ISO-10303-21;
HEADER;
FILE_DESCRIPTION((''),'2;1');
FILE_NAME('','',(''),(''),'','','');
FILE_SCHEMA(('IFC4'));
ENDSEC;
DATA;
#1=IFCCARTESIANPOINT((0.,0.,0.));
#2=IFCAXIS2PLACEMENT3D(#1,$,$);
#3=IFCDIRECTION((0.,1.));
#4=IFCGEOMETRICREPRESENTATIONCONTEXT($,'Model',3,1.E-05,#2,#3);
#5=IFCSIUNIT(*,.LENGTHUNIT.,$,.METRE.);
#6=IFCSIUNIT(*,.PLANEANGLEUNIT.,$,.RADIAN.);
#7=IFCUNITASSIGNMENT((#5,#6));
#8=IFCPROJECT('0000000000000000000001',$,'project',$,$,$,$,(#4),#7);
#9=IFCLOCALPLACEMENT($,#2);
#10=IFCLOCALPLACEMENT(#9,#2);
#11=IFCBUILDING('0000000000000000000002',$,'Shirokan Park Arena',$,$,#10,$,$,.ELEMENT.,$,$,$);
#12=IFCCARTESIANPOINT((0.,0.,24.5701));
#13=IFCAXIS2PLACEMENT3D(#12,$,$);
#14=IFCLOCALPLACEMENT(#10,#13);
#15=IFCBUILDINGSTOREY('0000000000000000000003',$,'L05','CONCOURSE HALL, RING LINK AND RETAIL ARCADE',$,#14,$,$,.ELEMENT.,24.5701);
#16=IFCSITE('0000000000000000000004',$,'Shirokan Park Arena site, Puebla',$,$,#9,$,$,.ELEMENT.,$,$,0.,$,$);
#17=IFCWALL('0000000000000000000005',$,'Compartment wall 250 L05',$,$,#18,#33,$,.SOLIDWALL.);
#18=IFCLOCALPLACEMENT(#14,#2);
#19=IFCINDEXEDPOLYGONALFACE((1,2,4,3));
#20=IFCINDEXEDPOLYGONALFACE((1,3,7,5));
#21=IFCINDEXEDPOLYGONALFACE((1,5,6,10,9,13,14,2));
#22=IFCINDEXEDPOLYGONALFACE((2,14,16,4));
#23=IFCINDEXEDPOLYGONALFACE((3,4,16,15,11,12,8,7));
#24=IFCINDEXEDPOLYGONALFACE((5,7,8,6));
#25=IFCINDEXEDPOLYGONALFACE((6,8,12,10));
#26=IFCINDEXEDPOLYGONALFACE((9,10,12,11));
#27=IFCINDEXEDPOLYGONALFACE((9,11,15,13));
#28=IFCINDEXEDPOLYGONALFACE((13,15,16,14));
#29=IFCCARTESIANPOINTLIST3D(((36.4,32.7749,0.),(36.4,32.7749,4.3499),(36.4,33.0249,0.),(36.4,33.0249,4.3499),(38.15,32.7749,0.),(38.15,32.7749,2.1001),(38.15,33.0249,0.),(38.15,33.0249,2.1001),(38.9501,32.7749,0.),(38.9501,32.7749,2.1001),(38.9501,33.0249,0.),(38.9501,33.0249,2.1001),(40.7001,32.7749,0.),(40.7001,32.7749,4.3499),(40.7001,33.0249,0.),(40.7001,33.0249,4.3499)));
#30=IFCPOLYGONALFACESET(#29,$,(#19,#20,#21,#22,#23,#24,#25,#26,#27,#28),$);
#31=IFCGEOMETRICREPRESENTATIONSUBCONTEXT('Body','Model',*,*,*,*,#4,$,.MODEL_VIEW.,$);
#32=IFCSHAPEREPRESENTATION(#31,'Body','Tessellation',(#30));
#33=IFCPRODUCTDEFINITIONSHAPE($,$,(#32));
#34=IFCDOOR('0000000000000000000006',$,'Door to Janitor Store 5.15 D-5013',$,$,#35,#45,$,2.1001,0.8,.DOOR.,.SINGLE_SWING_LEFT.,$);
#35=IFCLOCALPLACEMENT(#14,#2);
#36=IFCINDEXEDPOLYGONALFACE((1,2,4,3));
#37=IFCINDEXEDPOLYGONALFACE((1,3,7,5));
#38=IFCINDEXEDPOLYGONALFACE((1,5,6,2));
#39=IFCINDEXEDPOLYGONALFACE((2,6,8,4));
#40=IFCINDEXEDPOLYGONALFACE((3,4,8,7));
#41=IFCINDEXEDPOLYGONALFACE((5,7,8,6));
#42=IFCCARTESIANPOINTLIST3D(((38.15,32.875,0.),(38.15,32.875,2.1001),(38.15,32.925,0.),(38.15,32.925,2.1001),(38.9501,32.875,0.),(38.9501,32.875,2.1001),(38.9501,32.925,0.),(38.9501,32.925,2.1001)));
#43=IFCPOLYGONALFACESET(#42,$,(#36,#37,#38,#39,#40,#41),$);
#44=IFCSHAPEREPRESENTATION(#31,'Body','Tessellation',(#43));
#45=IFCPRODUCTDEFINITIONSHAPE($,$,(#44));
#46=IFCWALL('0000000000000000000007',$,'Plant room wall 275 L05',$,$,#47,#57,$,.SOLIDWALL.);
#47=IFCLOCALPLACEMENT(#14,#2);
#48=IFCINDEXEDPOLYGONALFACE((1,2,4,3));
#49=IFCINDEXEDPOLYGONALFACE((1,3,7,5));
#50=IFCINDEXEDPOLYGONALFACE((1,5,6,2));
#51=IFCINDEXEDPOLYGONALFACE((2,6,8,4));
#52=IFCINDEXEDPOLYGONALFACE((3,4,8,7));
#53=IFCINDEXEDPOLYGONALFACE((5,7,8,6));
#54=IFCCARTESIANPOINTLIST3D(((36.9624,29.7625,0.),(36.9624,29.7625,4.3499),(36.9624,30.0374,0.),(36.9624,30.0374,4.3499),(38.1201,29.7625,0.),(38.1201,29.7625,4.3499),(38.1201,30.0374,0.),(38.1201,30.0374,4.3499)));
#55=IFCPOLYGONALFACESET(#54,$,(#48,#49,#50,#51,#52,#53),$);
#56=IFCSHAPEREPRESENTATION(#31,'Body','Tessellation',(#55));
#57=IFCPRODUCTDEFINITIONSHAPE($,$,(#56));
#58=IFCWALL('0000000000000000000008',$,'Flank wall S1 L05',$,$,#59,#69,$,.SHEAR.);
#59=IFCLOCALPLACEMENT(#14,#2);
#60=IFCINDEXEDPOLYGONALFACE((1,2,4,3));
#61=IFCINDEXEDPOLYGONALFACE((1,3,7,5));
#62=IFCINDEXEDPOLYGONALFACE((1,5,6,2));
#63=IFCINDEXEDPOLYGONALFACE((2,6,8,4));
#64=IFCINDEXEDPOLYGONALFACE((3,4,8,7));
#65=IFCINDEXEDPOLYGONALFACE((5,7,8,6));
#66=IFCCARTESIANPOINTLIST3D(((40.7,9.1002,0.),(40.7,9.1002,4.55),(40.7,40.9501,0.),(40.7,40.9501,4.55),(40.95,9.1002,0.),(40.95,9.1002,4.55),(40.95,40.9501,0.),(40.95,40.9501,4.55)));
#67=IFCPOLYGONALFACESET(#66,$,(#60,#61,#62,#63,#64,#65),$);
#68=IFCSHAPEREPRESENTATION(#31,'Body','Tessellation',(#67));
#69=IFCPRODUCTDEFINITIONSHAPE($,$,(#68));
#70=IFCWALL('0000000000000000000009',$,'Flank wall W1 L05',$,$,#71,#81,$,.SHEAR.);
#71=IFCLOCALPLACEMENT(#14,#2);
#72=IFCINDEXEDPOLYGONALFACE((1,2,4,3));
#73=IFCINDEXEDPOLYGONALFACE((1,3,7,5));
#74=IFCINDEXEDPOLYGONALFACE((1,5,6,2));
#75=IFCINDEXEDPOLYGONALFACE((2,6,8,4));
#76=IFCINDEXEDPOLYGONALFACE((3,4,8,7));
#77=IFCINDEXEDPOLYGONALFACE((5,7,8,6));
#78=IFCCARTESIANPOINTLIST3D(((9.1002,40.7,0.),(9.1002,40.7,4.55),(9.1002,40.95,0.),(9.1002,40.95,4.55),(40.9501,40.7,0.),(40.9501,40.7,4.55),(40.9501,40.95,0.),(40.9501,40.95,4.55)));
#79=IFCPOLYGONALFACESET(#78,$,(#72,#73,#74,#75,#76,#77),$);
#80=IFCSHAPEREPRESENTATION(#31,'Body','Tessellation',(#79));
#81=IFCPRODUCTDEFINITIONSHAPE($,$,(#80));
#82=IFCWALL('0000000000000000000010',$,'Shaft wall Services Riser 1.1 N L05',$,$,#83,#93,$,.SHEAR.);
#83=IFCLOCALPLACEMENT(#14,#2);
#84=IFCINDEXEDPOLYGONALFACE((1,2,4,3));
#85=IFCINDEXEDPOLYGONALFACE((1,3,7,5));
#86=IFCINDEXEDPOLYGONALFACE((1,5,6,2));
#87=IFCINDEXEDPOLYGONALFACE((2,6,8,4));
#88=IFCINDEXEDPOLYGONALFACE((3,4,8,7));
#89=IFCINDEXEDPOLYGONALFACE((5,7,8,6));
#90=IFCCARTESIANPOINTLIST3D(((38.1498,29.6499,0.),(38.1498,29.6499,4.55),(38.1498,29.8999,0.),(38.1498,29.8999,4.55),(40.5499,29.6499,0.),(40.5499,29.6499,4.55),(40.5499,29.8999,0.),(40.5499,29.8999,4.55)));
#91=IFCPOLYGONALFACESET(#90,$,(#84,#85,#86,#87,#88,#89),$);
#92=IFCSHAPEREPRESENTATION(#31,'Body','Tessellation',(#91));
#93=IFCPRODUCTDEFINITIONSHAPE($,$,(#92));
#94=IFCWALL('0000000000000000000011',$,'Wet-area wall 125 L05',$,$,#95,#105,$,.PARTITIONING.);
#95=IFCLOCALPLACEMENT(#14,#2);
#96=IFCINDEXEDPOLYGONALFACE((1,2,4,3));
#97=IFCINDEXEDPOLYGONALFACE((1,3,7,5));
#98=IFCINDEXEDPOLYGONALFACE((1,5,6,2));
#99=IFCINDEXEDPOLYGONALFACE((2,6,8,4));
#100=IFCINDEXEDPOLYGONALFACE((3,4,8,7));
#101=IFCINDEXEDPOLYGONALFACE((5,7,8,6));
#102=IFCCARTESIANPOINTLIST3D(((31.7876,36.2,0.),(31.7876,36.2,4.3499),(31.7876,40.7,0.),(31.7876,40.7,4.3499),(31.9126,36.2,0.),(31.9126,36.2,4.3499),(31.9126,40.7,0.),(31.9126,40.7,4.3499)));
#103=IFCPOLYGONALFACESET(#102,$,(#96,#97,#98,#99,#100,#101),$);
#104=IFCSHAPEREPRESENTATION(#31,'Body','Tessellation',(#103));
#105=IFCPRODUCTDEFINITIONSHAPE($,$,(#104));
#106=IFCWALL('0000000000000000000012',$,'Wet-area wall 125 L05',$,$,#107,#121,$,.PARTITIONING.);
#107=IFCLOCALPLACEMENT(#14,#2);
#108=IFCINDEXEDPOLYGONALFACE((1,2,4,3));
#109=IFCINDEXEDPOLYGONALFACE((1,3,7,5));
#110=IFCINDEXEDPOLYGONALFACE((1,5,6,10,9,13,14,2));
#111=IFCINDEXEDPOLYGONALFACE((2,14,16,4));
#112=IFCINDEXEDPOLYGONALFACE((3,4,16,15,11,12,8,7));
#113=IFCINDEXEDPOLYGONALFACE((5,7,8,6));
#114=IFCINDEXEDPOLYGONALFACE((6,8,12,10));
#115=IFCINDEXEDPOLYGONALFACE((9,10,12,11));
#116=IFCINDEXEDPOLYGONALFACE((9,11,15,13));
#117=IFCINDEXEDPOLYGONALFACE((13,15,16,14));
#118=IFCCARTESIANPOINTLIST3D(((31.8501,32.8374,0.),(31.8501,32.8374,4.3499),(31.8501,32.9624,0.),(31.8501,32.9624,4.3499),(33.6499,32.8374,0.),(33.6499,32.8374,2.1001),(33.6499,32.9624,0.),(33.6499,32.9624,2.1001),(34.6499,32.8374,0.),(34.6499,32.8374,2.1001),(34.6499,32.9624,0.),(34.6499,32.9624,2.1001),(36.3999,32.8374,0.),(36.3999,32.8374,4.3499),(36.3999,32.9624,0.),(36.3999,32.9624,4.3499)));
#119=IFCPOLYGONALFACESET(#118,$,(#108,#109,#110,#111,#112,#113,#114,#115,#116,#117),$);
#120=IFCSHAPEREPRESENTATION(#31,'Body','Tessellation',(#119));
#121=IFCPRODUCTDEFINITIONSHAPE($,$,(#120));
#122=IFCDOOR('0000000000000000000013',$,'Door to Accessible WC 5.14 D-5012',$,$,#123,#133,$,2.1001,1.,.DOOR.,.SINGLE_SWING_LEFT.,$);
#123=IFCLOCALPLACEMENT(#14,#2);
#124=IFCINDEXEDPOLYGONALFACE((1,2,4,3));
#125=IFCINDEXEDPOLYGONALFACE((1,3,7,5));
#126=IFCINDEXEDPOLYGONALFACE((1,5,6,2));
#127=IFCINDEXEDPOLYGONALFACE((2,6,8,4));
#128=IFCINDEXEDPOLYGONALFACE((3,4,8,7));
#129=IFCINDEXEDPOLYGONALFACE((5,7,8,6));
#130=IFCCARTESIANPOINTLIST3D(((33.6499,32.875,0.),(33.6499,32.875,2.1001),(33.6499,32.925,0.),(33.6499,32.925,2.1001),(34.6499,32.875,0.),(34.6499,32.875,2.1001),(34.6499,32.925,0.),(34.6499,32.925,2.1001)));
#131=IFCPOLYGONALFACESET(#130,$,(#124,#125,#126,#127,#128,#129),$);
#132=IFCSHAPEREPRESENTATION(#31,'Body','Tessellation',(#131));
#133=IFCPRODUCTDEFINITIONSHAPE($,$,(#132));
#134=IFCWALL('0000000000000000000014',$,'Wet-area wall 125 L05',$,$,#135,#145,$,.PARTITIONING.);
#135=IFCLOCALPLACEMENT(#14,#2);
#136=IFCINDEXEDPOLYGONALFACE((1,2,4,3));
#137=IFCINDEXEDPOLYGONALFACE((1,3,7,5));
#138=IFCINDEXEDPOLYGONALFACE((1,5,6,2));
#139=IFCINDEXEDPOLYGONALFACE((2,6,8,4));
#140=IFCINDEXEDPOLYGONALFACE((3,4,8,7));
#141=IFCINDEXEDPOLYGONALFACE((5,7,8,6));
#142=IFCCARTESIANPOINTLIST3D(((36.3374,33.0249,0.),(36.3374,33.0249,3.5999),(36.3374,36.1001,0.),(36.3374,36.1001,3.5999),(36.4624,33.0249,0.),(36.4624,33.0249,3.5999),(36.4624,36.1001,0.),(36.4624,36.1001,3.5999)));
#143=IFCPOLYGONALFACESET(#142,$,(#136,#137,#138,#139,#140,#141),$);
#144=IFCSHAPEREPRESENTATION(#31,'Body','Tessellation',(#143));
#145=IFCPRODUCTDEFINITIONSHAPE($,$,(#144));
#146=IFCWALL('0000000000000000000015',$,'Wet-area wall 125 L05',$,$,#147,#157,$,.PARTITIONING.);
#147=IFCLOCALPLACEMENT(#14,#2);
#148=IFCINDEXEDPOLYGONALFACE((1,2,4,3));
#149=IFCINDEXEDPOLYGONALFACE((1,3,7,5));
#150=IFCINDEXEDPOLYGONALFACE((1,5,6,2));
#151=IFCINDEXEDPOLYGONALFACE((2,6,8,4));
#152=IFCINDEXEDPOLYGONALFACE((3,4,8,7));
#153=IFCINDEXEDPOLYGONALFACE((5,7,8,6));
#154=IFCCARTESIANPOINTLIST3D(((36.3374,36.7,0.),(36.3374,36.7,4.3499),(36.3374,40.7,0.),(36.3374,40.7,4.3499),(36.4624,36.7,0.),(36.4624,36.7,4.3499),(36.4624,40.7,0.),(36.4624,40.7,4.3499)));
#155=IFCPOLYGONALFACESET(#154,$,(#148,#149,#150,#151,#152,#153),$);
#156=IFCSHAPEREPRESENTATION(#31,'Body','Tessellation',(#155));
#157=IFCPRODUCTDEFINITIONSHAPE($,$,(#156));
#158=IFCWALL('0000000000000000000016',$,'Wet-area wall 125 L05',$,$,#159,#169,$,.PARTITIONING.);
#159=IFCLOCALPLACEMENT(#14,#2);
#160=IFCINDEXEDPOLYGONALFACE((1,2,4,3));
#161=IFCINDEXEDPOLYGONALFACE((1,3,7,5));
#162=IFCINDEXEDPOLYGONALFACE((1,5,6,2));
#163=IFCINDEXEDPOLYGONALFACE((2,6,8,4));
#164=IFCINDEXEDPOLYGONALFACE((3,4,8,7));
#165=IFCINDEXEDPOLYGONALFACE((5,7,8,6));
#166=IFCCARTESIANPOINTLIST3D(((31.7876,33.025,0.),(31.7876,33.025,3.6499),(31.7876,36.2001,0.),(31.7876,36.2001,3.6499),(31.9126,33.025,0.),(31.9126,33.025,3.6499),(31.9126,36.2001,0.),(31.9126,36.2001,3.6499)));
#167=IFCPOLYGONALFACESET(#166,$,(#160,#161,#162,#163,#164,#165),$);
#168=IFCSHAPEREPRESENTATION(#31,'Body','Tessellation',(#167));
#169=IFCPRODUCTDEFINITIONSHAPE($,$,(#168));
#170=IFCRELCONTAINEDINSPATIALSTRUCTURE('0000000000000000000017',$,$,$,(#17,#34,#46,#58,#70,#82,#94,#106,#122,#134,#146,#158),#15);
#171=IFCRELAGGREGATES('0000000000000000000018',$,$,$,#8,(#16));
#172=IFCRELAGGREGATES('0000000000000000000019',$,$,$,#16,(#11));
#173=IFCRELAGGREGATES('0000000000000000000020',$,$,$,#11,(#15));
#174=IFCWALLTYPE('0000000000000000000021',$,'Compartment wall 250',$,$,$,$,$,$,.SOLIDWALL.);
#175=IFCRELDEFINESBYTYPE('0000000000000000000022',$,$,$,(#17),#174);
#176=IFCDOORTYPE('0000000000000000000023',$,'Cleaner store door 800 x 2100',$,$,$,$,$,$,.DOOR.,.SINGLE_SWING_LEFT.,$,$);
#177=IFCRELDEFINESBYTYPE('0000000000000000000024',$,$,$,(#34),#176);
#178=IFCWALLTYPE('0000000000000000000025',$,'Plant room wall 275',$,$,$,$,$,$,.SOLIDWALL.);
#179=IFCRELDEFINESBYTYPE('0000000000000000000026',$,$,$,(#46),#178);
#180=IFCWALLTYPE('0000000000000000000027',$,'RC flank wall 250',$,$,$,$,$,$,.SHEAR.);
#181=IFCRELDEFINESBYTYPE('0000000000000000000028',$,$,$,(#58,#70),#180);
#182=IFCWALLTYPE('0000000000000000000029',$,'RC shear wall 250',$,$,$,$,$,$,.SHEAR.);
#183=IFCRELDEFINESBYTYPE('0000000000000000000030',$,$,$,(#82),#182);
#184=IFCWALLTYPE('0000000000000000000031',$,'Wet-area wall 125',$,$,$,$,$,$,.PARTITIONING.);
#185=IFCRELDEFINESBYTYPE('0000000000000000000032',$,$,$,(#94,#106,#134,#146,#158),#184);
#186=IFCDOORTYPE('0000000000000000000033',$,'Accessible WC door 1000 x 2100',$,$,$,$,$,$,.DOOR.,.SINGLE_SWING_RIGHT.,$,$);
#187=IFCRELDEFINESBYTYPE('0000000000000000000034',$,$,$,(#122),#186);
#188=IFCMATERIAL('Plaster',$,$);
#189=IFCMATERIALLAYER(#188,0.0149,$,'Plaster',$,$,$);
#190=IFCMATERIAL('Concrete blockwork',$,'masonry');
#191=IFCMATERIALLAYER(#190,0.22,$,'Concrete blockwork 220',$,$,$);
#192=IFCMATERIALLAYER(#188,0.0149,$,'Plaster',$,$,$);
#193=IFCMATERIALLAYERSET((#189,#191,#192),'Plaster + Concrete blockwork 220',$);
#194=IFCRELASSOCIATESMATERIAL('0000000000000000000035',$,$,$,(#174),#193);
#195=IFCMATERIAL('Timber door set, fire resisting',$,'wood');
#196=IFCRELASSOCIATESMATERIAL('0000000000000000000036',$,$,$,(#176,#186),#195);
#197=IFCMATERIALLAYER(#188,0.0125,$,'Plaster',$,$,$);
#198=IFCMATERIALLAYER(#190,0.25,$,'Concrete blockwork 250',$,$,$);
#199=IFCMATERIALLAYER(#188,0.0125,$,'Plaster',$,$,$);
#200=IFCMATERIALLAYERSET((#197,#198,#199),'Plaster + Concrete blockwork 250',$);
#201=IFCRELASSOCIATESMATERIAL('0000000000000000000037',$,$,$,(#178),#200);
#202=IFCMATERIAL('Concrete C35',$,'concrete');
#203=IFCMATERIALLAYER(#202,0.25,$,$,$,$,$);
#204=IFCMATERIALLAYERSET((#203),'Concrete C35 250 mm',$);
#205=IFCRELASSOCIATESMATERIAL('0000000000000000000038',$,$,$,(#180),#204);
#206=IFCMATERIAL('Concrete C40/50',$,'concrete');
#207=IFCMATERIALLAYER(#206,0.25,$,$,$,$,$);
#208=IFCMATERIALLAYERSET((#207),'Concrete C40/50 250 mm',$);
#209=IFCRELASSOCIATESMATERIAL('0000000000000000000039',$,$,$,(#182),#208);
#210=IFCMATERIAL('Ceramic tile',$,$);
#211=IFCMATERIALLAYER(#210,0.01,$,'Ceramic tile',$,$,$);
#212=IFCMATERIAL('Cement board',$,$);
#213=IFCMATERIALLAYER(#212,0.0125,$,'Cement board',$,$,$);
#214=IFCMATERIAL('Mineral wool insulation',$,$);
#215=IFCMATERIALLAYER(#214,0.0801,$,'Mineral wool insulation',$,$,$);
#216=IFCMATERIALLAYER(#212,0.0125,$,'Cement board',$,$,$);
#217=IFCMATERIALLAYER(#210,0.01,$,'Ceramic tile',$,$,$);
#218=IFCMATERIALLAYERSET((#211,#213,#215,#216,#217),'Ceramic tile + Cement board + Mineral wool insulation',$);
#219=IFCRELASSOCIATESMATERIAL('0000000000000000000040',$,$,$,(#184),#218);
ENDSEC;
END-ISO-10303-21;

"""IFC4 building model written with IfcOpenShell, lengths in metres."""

from ifc_helpers import new_model, si_unit, direction, frame, frame_2d, origin, place, context, subcontext, project, spatial, rectangle, extrude, material, layer, layer_set, type_object, element, fill, save


model = new_model("IFC4")

# Units and contexts
model_context = context("Model", 3, precision=1e-05, world=origin(), true_north=direction((0.0, 1.0)))
body_context = subcontext(model_context, "Body", "Model", "MODEL_VIEW")
ifc_project = project(units=[si_unit("LENGTHUNIT", "METRE"), si_unit("PLANEANGLEUNIT", "RADIAN")], contexts=[model_context])

# Site, building, storey
site_placement = place(None, origin())
site = spatial("IfcSite", under=ifc_project, at=site_placement, Name="Shirokan Park Arena site, Puebla", CompositionType="ELEMENT", RefElevation=0.0)
building_placement = place(site_placement, origin())
building = spatial("IfcBuilding", under=site, at=building_placement, Name="Shirokan Park Arena", CompositionType="ELEMENT")
storey_placement = place(building_placement, frame((0.0, 0.0, 24.5701)))
storey = spatial("IfcBuildingStorey", under=building, at=storey_placement, Name="L05", Description="CONCOURSE HALL, RING LINK AND RETAIL ARCADE", CompositionType="ELEMENT", Elevation=24.5701)

# Shared definitions
ifc_material_1 = material(Name="Concrete C35", Category="concrete")

# Shared definitions
ifc_material_2 = material(Name="Plaster")
ifc_layer_1 = layer(ifc_material_2, 0.0149, Name="Plaster")
ifc_material_3 = material(Name="Concrete blockwork", Category="masonry")
ifc_layer_2 = layer(ifc_material_3, 0.22, Name="Concrete blockwork 220")
ifc_layer_3 = layer(ifc_material_2, 0.0149, Name="Plaster")
ifc_layer_set_1 = layer_set([ifc_layer_1, ifc_layer_2, ifc_layer_3], Name="Plaster + Concrete blockwork 220")
wall_type_1 = type_object("IfcWallType", Name="Compartment wall 250", PredefinedType="SOLIDWALL", material=ifc_layer_set_1)

# Wall, opening, door
ifc_material_4 = material(Name="Timber door set, fire resisting", Category="wood")
wall_1_placement = place(storey_placement, frame((40.7, 32.8999, 0.0), z_axis=(0.0, 0.0, 1.0), x_axis=(-1.0, 0.0, 0.0)))
wall_1 = element("IfcWall", 1, at=wall_1_placement, inside=storey, type_object=wall_type_1, Name="Compartment wall 250 L05", PredefinedType="SOLIDWALL", context=body_context, shape_type="SweptSolid", body=[
    extrude(rectangle(XDim=4.3, YDim=0.25, at=frame_2d((2.1499, 0.0))), origin(), (0.0, 0.0, 1.0), 4.3499),
])
opening_1_placement = place(wall_1_placement, frame((1.75, 0.0, 0.0)))
opening_1 = element("IfcOpeningElement", 2, at=opening_1_placement, cuts=wall_1, PredefinedType="OPENING", context=body_context, shape_type="SweptSolid", body=[
    extrude(rectangle(XDim=0.8, YDim=2.1001, at=frame_2d((0.3999, 1.05))), frame((0.0, 0.135, 0.0), z_axis=(0.0, -1.0, 0.0), x_axis=(1.0, 0.0, 0.0)), (0.0, 0.0, 1.0), 0.27),
])
door_type_1 = type_object("IfcDoorType", Name="Cleaner store door 800 x 2100", OperationType="SINGLE_SWING_LEFT", PredefinedType="DOOR", material=ifc_material_4)
door_1_placement = place(opening_1_placement, origin())
door_1 = element("IfcDoor", 3, at=door_1_placement, inside=storey, type_object=door_type_1, Name="Door to Janitor Store 5.15 D-5013", OperationType="SINGLE_SWING_LEFT", OverallHeight=2.1001, OverallWidth=0.8, PredefinedType="DOOR", context=body_context, shape_type="SweptSolid", body=[
    extrude(rectangle(XDim=0.8, YDim=2.1001, at=frame_2d((0.3999, 1.05))), frame((0.0, 0.0249, 0.0), z_axis=(0.0, -1.0, 0.0), x_axis=(1.0, 0.0, 0.0)), (0.0, 0.0, 1.0), 0.05),
])
fill(opening_1, door_1)

# Walls
ifc_layer_4 = layer(ifc_material_2, 0.0125, Name="Plaster")
ifc_layer_5 = layer(ifc_material_3, 0.25, Name="Concrete blockwork 250")
ifc_layer_6 = layer(ifc_material_2, 0.0125, Name="Plaster")
ifc_layer_set_2 = layer_set([ifc_layer_4, ifc_layer_5, ifc_layer_6], Name="Plaster + Concrete blockwork 250")
wall_type_2 = type_object("IfcWallType", Name="Plant room wall 275", PredefinedType="SOLIDWALL", material=ifc_layer_set_2)
wall_2_placement = place(storey_placement, frame((36.9624, 29.8999, 0.0), z_axis=(0.0, 0.0, 1.0), x_axis=(1.0, 0.0, 0.0)))
element("IfcWall", 4, at=wall_2_placement, inside=storey, type_object=wall_type_2, Name="Plant room wall 275 L05", PredefinedType="SOLIDWALL", context=body_context, shape_type="SweptSolid", body=[
    extrude(rectangle(XDim=1.1577, YDim=0.2749, at=frame_2d((0.5789, 0.0))), origin(), (0.0, 0.0, 1.0), 4.3499),
])
ifc_layer_7 = layer(ifc_material_1, 0.25)
ifc_layer_set_3 = layer_set([ifc_layer_7], Name="Concrete C35 250 mm")
wall_type_3 = type_object("IfcWallType", Name="RC flank wall 250", PredefinedType="SHEAR", material=ifc_layer_set_3)
for number, where, z_axis, x_axis, name in (
    (5, (40.825, 40.95, 0.0), (0.0, 0.0, 1.0), (0.0, -1.0, 0.0), "Flank wall S1 L05"),
    (6, (40.95, 40.825, 0.0), (0.0, 0.0, 1.0), (-1.0, 0.0, 0.0), "Flank wall W1 L05"),
):
    element("IfcWall", number, at=place(storey_placement, frame(where, z_axis=z_axis, x_axis=x_axis)), inside=storey, type_object=wall_type_3, Name=name, PredefinedType="SHEAR", context=body_context, shape_type="SweptSolid", body=[
        extrude(rectangle(XDim=31.8499, YDim=0.25, at=frame_2d((15.9248, 0.0))), origin(), (0.0, 0.0, 1.0), 4.55),
    ])
ifc_material_5 = material(Name="Concrete C40/50", Category="concrete")
ifc_layer_8 = layer(ifc_material_5, 0.25)
ifc_layer_set_4 = layer_set([ifc_layer_8], Name="Concrete C40/50 250 mm")
wall_type_4 = type_object("IfcWallType", Name="RC shear wall 250", PredefinedType="SHEAR", material=ifc_layer_set_4)
wall_3_placement = place(storey_placement, frame((40.55, 29.7749, 0.0), z_axis=(0.0, 0.0, 1.0), x_axis=(-1.0, 0.0, 0.0)))
element("IfcWall", 7, at=wall_3_placement, inside=storey, type_object=wall_type_4, Name="Shaft wall Services Riser 1.1 N L05", PredefinedType="SHEAR", context=body_context, shape_type="SweptSolid", body=[
    extrude(rectangle(XDim=2.4001, YDim=0.25, at=frame_2d((1.2002, 0.0))), origin(), (0.0, 0.0, 1.0), 4.55),
])
ifc_material_6 = material(Name="Ceramic tile")
ifc_layer_9 = layer(ifc_material_6, 0.01, Name="Ceramic tile")
ifc_material_7 = material(Name="Cement board")
ifc_layer_10 = layer(ifc_material_7, 0.0125, Name="Cement board")
ifc_material_8 = material(Name="Mineral wool insulation")
ifc_layer_11 = layer(ifc_material_8, 0.0801, Name="Mineral wool insulation")
ifc_layer_12 = layer(ifc_material_7, 0.0125, Name="Cement board")
ifc_layer_13 = layer(ifc_material_6, 0.01, Name="Ceramic tile")
ifc_layer_set_5 = layer_set([ifc_layer_9, ifc_layer_10, ifc_layer_11, ifc_layer_12, ifc_layer_13], Name="Ceramic tile + Cement board + Mineral wool insulation")
wall_type_5 = type_object("IfcWallType", Name="Wet-area wall 125", PredefinedType="PARTITIONING", material=ifc_layer_set_5)
wall_4_placement = place(storey_placement, frame((31.8501, 40.7, 0.0), z_axis=(0.0, 0.0, 1.0), x_axis=(0.0, -1.0, 0.0)))
element("IfcWall", 8, at=wall_4_placement, inside=storey, type_object=wall_type_5, Name="Wet-area wall 125 L05", PredefinedType="PARTITIONING", context=body_context, shape_type="SweptSolid", body=[
    extrude(rectangle(XDim=4.5, YDim=0.125, at=frame_2d((2.25, 0.0))), origin(), (0.0, 0.0, 1.0), 4.3499),
])

# Wall, opening, door
wall_5_placement = place(storey_placement, frame((36.3999, 32.8999, 0.0), z_axis=(0.0, 0.0, 1.0), x_axis=(-1.0, 0.0, 0.0)))
wall_5 = element("IfcWall", 9, at=wall_5_placement, inside=storey, type_object=wall_type_5, Name="Wet-area wall 125 L05", PredefinedType="PARTITIONING", context=body_context, shape_type="SweptSolid", body=[
    extrude(rectangle(XDim=4.5498, YDim=0.125, at=frame_2d((2.2749, 0.0))), origin(), (0.0, 0.0, 1.0), 4.3499),
])
opening_2_placement = place(wall_5_placement, frame((1.75, 0.0, 0.0)))
opening_2 = element("IfcOpeningElement", 10, at=opening_2_placement, cuts=wall_5, PredefinedType="OPENING", context=body_context, shape_type="SweptSolid", body=[
    extrude(rectangle(XDim=1.0, YDim=2.1001, at=frame_2d((0.5, 1.05))), frame((0.0, 0.0725, 0.0), z_axis=(0.0, -1.0, 0.0), x_axis=(1.0, 0.0, 0.0)), (0.0, 0.0, 1.0), 0.145),
])
door_type_2 = type_object("IfcDoorType", Name="Accessible WC door 1000 x 2100", OperationType="SINGLE_SWING_RIGHT", PredefinedType="DOOR", material=ifc_material_4)
door_2_placement = place(opening_2_placement, origin())
door_2 = element("IfcDoor", 11, at=door_2_placement, inside=storey, type_object=door_type_2, Name="Door to Accessible WC 5.14 D-5012", OperationType="SINGLE_SWING_LEFT", OverallHeight=2.1001, OverallWidth=1.0, PredefinedType="DOOR", context=body_context, shape_type="SweptSolid", body=[
    extrude(rectangle(XDim=1.0, YDim=2.1001, at=frame_2d((0.5, 1.05))), frame((0.0, 0.0249, 0.0), z_axis=(0.0, -1.0, 0.0), x_axis=(1.0, 0.0, 0.0)), (0.0, 0.0, 1.0), 0.05),
])
fill(opening_2, door_2)

# Walls
wall_6_placement = place(storey_placement, frame((36.3999, 36.1001, 0.0), z_axis=(0.0, 0.0, 1.0), x_axis=(0.0, -1.0, 0.0)))
element("IfcWall", 12, at=wall_6_placement, inside=storey, type_object=wall_type_5, Name="Wet-area wall 125 L05", PredefinedType="PARTITIONING", context=body_context, shape_type="SweptSolid", body=[
    extrude(rectangle(XDim=3.0752, YDim=0.125, at=frame_2d((1.5376, 0.0))), origin(), (0.0, 0.0, 1.0), 3.5999),
])
wall_7_placement = place(storey_placement, frame((36.3999, 40.7, 0.0), z_axis=(0.0, 0.0, 1.0), x_axis=(0.0, -1.0, 0.0)))
element("IfcWall", 13, at=wall_7_placement, inside=storey, type_object=wall_type_5, Name="Wet-area wall 125 L05", PredefinedType="PARTITIONING", context=body_context, shape_type="SweptSolid", body=[
    extrude(rectangle(XDim=4.0, YDim=0.125, at=frame_2d((2.0, 0.0))), origin(), (0.0, 0.0, 1.0), 4.3499),
])
wall_8_placement = place(storey_placement, frame((31.8501, 36.2, 0.0), z_axis=(0.0, 0.0, 1.0), x_axis=(0.0, -1.0, 0.0)))
element("IfcWall", 14, at=wall_8_placement, inside=storey, type_object=wall_type_5, Name="Wet-area wall 125 L05", PredefinedType="PARTITIONING", context=body_context, shape_type="SweptSolid", body=[
    extrude(rectangle(XDim=3.175, YDim=0.125, at=frame_2d((1.5874, 0.0))), origin(), (0.0, 0.0, 1.0), 3.6499),
])

save(model, "model.ifc")
